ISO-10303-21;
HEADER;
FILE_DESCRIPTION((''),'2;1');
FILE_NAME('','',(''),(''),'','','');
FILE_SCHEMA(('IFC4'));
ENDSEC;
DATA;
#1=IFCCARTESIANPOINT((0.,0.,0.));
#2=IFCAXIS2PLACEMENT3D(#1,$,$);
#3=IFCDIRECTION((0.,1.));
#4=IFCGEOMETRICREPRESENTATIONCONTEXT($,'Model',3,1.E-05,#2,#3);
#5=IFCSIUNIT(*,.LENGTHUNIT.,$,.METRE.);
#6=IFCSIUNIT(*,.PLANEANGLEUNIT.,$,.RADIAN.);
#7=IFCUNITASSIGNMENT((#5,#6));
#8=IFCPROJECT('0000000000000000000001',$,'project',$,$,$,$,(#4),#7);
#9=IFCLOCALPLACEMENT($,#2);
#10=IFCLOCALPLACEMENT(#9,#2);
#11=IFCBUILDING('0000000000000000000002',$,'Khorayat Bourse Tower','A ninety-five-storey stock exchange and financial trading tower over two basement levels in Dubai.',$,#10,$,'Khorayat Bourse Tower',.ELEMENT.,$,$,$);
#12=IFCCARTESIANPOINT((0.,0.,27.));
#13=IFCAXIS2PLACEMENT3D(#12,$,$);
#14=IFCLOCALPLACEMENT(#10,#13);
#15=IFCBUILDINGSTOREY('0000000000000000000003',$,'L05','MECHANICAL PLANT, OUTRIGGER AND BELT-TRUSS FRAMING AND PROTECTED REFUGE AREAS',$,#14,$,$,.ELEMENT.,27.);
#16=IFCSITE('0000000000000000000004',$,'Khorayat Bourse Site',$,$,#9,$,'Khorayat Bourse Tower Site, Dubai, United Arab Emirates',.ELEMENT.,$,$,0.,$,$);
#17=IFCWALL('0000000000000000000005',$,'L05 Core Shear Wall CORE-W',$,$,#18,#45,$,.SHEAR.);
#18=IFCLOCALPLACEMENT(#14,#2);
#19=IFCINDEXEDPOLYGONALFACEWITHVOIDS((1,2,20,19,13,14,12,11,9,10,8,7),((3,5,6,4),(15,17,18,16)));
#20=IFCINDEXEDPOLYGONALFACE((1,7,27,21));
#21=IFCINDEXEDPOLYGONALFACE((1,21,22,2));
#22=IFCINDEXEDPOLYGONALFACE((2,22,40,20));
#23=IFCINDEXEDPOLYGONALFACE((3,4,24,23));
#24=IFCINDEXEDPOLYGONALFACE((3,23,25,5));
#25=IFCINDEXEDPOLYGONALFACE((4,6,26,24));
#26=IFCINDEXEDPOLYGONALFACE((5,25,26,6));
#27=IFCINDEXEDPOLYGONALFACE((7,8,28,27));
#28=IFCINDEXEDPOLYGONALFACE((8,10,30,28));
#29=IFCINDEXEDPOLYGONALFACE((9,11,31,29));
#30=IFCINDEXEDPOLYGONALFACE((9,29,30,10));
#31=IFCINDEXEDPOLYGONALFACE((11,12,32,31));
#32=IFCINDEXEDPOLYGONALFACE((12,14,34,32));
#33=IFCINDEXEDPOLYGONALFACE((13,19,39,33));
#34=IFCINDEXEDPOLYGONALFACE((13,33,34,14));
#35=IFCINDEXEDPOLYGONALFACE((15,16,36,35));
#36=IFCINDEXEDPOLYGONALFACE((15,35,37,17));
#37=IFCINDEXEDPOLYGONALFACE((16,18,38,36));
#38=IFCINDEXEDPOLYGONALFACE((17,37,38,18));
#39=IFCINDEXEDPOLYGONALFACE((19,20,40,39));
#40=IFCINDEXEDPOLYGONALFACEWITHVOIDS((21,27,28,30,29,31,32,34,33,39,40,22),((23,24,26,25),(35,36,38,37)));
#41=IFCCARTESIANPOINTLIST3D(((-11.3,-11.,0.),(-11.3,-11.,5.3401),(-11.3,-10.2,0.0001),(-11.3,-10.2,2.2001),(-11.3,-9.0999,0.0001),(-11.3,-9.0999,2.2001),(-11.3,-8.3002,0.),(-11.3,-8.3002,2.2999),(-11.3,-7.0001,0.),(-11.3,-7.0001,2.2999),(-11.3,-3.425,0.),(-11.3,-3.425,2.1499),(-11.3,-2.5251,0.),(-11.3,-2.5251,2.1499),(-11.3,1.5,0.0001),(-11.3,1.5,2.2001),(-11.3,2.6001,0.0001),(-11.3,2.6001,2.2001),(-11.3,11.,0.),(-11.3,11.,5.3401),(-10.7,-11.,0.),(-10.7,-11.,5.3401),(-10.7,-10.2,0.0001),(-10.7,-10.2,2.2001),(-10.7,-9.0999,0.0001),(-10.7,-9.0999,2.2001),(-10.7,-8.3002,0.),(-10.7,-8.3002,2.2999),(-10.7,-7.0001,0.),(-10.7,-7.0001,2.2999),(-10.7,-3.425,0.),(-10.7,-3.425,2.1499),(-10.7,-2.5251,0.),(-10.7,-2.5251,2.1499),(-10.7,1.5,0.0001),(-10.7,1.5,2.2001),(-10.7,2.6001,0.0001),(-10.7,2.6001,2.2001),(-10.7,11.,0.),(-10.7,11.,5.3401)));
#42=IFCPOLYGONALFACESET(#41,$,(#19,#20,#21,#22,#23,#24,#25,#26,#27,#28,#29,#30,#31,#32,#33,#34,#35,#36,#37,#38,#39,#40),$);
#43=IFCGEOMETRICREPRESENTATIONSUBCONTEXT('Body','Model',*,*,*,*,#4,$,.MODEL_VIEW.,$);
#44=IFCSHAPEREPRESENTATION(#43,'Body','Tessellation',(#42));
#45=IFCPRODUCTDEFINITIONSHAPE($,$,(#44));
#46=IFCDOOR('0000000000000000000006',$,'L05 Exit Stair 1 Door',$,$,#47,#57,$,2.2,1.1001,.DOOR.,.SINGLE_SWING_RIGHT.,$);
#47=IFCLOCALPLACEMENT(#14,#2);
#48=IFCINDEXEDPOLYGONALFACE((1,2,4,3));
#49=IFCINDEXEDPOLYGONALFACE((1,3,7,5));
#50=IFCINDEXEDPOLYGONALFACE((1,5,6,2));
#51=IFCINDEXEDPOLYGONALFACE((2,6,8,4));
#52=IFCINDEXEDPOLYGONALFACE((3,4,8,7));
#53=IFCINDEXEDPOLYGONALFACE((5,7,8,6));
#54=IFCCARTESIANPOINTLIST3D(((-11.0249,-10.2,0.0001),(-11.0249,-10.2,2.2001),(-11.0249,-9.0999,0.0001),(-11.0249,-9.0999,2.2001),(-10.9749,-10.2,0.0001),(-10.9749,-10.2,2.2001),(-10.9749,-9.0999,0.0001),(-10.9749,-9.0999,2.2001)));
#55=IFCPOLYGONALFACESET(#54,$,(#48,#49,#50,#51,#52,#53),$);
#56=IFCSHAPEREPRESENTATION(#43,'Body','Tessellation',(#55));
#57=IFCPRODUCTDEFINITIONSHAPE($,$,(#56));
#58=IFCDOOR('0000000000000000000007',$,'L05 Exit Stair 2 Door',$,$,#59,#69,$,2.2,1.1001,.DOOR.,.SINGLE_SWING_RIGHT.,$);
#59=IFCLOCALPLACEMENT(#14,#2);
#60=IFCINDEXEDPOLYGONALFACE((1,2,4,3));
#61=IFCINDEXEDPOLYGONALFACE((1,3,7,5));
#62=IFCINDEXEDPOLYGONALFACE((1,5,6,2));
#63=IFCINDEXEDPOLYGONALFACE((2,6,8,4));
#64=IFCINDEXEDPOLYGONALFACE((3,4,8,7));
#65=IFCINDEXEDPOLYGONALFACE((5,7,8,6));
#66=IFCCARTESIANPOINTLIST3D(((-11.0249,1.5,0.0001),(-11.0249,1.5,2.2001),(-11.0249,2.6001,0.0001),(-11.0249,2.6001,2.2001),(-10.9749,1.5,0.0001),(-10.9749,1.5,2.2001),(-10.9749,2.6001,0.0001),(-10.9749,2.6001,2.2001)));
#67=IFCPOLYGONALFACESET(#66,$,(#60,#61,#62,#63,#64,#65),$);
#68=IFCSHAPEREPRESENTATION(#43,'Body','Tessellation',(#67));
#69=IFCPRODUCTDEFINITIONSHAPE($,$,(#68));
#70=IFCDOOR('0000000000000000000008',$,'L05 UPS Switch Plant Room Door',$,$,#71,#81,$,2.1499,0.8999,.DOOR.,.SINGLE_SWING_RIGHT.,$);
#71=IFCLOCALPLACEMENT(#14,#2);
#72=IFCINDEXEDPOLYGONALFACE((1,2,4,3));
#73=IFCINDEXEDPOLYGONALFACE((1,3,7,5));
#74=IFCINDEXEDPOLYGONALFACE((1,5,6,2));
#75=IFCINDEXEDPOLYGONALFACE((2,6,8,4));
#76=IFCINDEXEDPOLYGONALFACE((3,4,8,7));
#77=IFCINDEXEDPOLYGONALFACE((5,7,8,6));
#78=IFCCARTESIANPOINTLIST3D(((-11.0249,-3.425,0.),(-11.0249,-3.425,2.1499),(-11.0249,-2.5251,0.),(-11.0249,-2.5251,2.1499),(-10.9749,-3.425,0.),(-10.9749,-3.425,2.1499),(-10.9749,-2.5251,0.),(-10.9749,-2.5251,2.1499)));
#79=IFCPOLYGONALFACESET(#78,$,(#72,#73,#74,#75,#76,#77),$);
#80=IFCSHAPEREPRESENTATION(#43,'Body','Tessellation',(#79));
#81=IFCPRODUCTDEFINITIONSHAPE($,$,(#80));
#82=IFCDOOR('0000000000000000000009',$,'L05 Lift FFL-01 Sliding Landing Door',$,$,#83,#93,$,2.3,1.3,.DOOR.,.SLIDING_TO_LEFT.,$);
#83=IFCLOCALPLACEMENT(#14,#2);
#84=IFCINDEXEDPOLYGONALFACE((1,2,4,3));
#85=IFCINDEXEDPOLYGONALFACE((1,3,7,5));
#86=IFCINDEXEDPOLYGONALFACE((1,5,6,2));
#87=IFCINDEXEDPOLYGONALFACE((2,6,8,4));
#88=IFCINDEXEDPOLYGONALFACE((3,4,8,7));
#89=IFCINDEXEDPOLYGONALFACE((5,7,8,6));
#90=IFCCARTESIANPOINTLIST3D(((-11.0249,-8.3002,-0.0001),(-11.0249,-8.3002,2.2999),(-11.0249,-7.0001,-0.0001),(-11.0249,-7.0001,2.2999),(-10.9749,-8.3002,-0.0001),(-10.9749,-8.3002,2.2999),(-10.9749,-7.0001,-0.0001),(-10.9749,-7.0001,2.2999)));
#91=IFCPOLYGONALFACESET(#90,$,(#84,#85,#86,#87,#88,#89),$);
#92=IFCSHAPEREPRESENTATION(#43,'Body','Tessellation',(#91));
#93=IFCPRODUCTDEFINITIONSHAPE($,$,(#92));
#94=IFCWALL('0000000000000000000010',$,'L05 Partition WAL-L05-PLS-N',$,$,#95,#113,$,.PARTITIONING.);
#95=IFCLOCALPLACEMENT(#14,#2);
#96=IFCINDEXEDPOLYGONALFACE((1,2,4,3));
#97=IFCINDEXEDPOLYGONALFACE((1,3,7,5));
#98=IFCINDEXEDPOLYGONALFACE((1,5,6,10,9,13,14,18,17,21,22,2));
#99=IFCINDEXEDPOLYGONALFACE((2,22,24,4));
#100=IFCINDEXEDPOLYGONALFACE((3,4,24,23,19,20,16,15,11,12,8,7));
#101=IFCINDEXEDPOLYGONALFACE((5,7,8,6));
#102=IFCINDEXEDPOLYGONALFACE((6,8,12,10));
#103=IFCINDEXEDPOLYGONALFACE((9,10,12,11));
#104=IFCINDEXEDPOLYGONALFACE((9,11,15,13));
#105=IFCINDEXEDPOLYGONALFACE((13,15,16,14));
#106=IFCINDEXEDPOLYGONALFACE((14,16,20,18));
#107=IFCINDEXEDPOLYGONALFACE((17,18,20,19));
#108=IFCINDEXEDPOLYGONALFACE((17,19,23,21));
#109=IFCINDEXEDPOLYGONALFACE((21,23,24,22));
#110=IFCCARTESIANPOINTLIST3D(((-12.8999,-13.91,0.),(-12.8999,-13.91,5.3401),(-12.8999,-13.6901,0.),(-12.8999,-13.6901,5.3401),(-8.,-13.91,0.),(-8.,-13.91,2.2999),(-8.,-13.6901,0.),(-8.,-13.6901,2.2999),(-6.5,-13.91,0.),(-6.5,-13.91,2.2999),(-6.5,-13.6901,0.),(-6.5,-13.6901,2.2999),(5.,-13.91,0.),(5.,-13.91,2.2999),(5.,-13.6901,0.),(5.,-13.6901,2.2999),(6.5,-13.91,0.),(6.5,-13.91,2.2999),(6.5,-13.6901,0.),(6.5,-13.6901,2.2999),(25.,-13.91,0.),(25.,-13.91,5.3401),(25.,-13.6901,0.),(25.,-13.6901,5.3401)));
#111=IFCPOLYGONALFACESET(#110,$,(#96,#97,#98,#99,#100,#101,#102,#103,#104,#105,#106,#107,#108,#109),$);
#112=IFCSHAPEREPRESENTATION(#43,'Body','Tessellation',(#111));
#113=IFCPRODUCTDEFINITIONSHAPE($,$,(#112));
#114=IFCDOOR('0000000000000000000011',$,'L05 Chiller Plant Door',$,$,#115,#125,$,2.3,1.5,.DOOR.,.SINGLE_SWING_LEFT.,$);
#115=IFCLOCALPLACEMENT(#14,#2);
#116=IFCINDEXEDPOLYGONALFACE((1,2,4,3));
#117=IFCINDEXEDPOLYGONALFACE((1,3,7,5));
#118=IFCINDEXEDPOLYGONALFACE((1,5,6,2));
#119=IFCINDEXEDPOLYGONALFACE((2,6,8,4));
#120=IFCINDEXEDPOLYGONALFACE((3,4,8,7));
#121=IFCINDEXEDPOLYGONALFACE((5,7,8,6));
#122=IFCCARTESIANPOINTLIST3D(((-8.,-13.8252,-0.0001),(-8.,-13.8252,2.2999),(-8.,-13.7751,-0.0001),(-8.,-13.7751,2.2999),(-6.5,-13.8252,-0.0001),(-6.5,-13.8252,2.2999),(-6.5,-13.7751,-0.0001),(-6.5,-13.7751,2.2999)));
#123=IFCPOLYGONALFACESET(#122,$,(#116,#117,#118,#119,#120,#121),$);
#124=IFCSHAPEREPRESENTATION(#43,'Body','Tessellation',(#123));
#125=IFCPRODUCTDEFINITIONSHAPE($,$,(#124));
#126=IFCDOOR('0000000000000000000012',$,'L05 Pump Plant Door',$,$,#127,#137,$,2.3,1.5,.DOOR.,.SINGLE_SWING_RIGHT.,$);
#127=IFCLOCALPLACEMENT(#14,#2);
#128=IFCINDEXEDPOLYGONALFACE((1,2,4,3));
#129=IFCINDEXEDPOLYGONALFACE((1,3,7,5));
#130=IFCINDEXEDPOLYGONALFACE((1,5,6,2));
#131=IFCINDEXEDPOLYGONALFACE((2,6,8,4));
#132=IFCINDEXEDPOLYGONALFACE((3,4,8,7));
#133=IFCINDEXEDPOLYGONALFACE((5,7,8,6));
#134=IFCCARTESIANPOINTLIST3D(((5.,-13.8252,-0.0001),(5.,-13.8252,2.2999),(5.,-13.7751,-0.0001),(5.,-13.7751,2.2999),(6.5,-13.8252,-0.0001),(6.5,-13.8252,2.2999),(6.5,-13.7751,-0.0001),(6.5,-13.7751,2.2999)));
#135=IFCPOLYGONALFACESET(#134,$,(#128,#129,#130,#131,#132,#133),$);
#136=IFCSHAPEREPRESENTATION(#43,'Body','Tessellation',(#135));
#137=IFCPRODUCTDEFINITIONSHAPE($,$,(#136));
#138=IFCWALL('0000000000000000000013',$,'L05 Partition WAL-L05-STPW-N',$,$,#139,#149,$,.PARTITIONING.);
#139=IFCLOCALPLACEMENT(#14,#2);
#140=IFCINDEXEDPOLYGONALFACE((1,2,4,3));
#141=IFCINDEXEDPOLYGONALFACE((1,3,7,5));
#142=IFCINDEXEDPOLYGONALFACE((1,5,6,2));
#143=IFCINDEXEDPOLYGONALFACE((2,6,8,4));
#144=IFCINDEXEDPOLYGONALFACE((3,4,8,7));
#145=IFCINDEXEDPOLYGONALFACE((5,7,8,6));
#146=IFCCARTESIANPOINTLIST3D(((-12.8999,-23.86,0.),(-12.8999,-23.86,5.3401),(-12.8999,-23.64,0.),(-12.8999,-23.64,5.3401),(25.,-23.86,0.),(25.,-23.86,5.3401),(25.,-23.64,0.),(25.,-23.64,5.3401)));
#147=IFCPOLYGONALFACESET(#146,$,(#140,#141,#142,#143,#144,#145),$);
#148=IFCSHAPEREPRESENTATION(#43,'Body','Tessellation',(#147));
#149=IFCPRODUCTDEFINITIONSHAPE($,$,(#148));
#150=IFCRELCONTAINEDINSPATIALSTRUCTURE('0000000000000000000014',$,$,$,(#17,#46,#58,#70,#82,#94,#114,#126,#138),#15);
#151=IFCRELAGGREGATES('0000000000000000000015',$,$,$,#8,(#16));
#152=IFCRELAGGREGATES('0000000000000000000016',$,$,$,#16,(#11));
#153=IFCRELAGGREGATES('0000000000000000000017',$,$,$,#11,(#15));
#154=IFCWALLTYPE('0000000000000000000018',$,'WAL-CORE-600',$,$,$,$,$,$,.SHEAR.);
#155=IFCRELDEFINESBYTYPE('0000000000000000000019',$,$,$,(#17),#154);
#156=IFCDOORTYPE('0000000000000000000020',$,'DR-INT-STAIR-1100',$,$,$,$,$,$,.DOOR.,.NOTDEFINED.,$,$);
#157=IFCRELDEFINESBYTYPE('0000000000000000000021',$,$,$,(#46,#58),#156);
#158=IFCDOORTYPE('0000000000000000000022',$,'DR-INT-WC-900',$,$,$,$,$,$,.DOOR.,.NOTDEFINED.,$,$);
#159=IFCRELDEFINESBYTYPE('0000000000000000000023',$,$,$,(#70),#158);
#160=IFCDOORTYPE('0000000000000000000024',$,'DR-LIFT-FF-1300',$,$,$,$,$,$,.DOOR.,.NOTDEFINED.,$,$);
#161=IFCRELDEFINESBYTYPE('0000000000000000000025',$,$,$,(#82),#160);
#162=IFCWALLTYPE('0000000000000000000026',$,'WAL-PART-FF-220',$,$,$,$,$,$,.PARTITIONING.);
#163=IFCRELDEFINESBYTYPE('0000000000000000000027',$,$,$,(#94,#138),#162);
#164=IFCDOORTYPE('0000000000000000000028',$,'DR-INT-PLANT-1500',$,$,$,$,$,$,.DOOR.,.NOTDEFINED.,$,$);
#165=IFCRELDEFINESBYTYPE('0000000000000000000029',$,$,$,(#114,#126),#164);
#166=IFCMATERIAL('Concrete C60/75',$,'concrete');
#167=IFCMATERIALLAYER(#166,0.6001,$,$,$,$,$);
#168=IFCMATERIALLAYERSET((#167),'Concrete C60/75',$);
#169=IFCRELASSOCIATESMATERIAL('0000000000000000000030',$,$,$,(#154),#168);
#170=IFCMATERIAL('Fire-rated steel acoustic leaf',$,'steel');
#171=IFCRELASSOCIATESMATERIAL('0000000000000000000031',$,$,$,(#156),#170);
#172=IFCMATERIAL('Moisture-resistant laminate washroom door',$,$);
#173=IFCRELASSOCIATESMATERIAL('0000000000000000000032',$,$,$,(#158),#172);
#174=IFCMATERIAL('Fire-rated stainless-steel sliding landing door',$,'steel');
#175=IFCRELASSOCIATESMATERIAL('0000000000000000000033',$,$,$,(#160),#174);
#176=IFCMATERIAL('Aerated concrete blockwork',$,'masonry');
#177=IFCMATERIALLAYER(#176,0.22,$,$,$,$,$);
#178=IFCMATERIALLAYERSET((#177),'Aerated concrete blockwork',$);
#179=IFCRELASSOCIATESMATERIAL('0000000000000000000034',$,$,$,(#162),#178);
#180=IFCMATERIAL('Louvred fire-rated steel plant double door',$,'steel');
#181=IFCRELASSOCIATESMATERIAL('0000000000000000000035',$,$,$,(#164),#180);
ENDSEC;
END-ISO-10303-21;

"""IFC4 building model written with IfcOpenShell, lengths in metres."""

from ifc_helpers import new_model, si_unit, direction, frame, frame_2d, origin, place, context, subcontext, project, spatial, rectangle, extrude, source, transform, mapped, material, layer, layer_set, type_object, element, fill, save


model = new_model("IFC4")

# Units and contexts
model_context = context("Model", 3, precision=1e-05, world=origin(), true_north=direction((0.0, 1.0)))
body_context = subcontext(model_context, "Body", "Model", "MODEL_VIEW")
ifc_project = project(units=[si_unit("LENGTHUNIT", "METRE"), si_unit("PLANEANGLEUNIT", "RADIAN")], contexts=[model_context])

# Site, building, storey
site_placement = place(None, origin())
site = spatial("IfcSite", under=ifc_project, at=site_placement, Name="Khorayat Bourse Site", LongName="Khorayat Bourse Tower Site, Dubai, United Arab Emirates", CompositionType="ELEMENT", RefElevation=0.0)
building_placement = place(site_placement, origin())
building = spatial("IfcBuilding", under=site, at=building_placement, Name="Khorayat Bourse Tower", Description="A ninety-five-storey stock exchange and financial trading tower over two basement levels in Dubai.", LongName="Khorayat Bourse Tower", CompositionType="ELEMENT")
storey_placement = place(building_placement, frame((0.0, 0.0, 27.0)))
storey = spatial("IfcBuildingStorey", under=building, at=storey_placement, Name="L05", Description="MECHANICAL PLANT, OUTRIGGER AND BELT-TRUSS FRAMING AND PROTECTED REFUGE AREAS", CompositionType="ELEMENT", Elevation=27.0)

# Walls, openings, doors
ifc_material_1 = material(Name="Concrete C60/75", Category="concrete")
ifc_layer_1 = layer(ifc_material_1, 0.6001)
ifc_layer_set_1 = layer_set([ifc_layer_1], Name="Concrete C60/75")
wall_type_1 = type_object("IfcWallType", Name="WAL-CORE-600", PredefinedType="SHEAR", material=ifc_layer_set_1)
shared_shape_1 = source(origin(), body_context, "Body", "SweptSolid", [
    extrude(rectangle(XDim=22.0, YDim=0.6001, at=frame_2d((11.0, 0.0))), origin(), (0.0, 0.0, 1.0), 5.3401),
])
wall_1_placement = place(storey_placement, frame((-11.0, -11.0, 0.0), z_axis=(0.0, 0.0, 1.0), x_axis=(0.0, 1.0, 0.0)))
wall_1 = element("IfcWall", 1, at=wall_1_placement, inside=storey, type_object=wall_type_1, Name="L05 Core Shear Wall CORE-W", PredefinedType="SHEAR", context=body_context, shape_type="MappedRepresentation", body=[
    mapped(shared_shape_1, transform((0.0, 0.0, 0.0), scale=1.0)),
])
shared_shape_2 = source(origin(), body_context, "Body", "SweptSolid", [
    extrude(rectangle(XDim=1.1001, YDim=2.2, at=frame_2d((0.55, 1.1001))), frame((0.0, 0.3101, 0.0), z_axis=(0.0, -1.0, 0.0), x_axis=(1.0, 0.0, 0.0)), (0.0, 0.0, 1.0), 0.6201),
])
opening_1_placement = place(wall_1_placement, frame((0.8, 0.0, 0.0)))
opening_1 = element("IfcOpeningElement", 2, at=opening_1_placement, cuts=wall_1, PredefinedType="OPENING", context=body_context, shape_type="MappedRepresentation", body=[
    mapped(shared_shape_2, transform((0.0, 0.0, 0.0), scale=1.0)),
])
opening_2_placement = place(wall_1_placement, frame((12.5, 0.0, 0.0)))
opening_2 = element("IfcOpeningElement", 3, at=opening_2_placement, cuts=wall_1, PredefinedType="OPENING", context=body_context, shape_type="MappedRepresentation", body=[
    mapped(shared_shape_2, transform((0.0, 0.0, 0.0), scale=1.0)),
])
shared_shape_3 = source(origin(), body_context, "Body", "SweptSolid", [
    extrude(rectangle(XDim=0.8999, YDim=2.1499, at=frame_2d((0.45, 1.075))), frame((0.0, 0.3101, 0.0), z_axis=(0.0, -1.0, 0.0), x_axis=(1.0, 0.0, 0.0)), (0.0, 0.0, 1.0), 0.6201),
])
opening_3_placement = place(wall_1_placement, frame((7.575, 0.0, 0.0)))
opening_3 = element("IfcOpeningElement", 4, at=opening_3_placement, cuts=wall_1, PredefinedType="OPENING", context=body_context, shape_type="MappedRepresentation", body=[
    mapped(shared_shape_3, transform((0.0, 0.0, 0.0), scale=1.0)),
])
shared_shape_4 = source(origin(), body_context, "Body", "SweptSolid", [
    extrude(rectangle(XDim=1.3, YDim=2.3, at=frame_2d((0.6499, 1.1499))), frame((0.0, 0.3101, 0.0), z_axis=(0.0, -1.0, 0.0), x_axis=(1.0, 0.0, 0.0)), (0.0, 0.0, 1.0), 0.6201),
])
opening_4_placement = place(wall_1_placement, frame((2.7, 0.0, 0.0)))
opening_4 = element("IfcOpeningElement", 5, at=opening_4_placement, cuts=wall_1, PredefinedType="OPENING", context=body_context, shape_type="MappedRepresentation", body=[
    mapped(shared_shape_4, transform((0.0, 0.0, 0.0), scale=1.0)),
])
ifc_material_2 = material(Name="Fire-rated steel acoustic leaf", Category="steel")
door_type_1 = type_object("IfcDoorType", Name="DR-INT-STAIR-1100", OperationType="NOTDEFINED", PredefinedType="DOOR", material=ifc_material_2)
shared_shape_5 = source(origin(), body_context, "Body", "SweptSolid", [
    extrude(rectangle(XDim=1.1001, YDim=2.2, at=frame_2d((0.55, 1.1001))), frame((0.0, 0.0249, 0.0), z_axis=(0.0, -1.0, 0.0), x_axis=(1.0, 0.0, 0.0)), (0.0, 0.0, 1.0), 0.05),
])
door_1_placement = place(opening_1_placement, origin())
door_1 = element("IfcDoor", 6, at=door_1_placement, inside=storey, type_object=door_type_1, Name="L05 Exit Stair 1 Door", OperationType="SINGLE_SWING_RIGHT", OverallHeight=2.2, OverallWidth=1.1001, PredefinedType="DOOR", context=body_context, shape_type="MappedRepresentation", body=[
    mapped(shared_shape_5, transform((0.0, 0.0, 0.0), scale=1.0)),
])
fill(opening_1, door_1)
door_2_placement = place(opening_2_placement, origin())
door_2 = element("IfcDoor", 7, at=door_2_placement, inside=storey, type_object=door_type_1, Name="L05 Exit Stair 2 Door", OperationType="SINGLE_SWING_RIGHT", OverallHeight=2.2, OverallWidth=1.1001, PredefinedType="DOOR", context=body_context, shape_type="MappedRepresentation", body=[
    mapped(shared_shape_5, transform((0.0, 0.0, 0.0), scale=1.0)),
])
fill(opening_2, door_2)
ifc_material_3 = material(Name="Moisture-resistant laminate washroom door")
door_type_2 = type_object("IfcDoorType", Name="DR-INT-WC-900", OperationType="NOTDEFINED", PredefinedType="DOOR", material=ifc_material_3)
shared_shape_6 = source(origin(), body_context, "Body", "SweptSolid", [
    extrude(rectangle(XDim=0.8999, YDim=2.1499, at=frame_2d((0.45, 1.075))), frame((0.0, 0.0249, 0.0), z_axis=(0.0, -1.0, 0.0), x_axis=(1.0, 0.0, 0.0)), (0.0, 0.0, 1.0), 0.05),
])
door_3_placement = place(opening_3_placement, origin())
door_3 = element("IfcDoor", 8, at=door_3_placement, inside=storey, type_object=door_type_2, Name="L05 UPS Switch Plant Room Door", OperationType="SINGLE_SWING_RIGHT", OverallHeight=2.1499, OverallWidth=0.8999, PredefinedType="DOOR", context=body_context, shape_type="MappedRepresentation", body=[
    mapped(shared_shape_6, transform((0.0, 0.0, 0.0), scale=1.0)),
])
fill(opening_3, door_3)
ifc_material_4 = material(Name="Fire-rated stainless-steel sliding landing door", Category="steel")
door_type_3 = type_object("IfcDoorType", Name="DR-LIFT-FF-1300", OperationType="NOTDEFINED", PredefinedType="DOOR", material=ifc_material_4)
shared_shape_7 = source(origin(), body_context, "Body", "SweptSolid", [
    extrude(rectangle(XDim=1.3, YDim=2.3, at=frame_2d((0.6499, 1.1499))), frame((0.0, 0.0249, 0.0), z_axis=(0.0, -1.0, 0.0), x_axis=(1.0, 0.0, 0.0)), (0.0, 0.0, 1.0), 0.05),
])
door_4_placement = place(opening_4_placement, origin())
door_4 = element("IfcDoor", 9, at=door_4_placement, inside=storey, type_object=door_type_3, Name="L05 Lift FFL-01 Sliding Landing Door", OperationType="SLIDING_TO_LEFT", OverallHeight=2.3, OverallWidth=1.3, PredefinedType="DOOR", context=body_context, shape_type="MappedRepresentation", body=[
    mapped(shared_shape_7, transform((0.0, 0.0, 0.0), scale=1.0)),
])
fill(opening_4, door_4)
ifc_material_5 = material(Name="Aerated concrete blockwork", Category="masonry")
ifc_layer_2 = layer(ifc_material_5, 0.22)
ifc_layer_set_2 = layer_set([ifc_layer_2], Name="Aerated concrete blockwork")
wall_type_2 = type_object("IfcWallType", Name="WAL-PART-FF-220", PredefinedType="PARTITIONING", material=ifc_layer_set_2)
shared_shape_8 = source(origin(), body_context, "Body", "SweptSolid", [
    extrude(rectangle(XDim=37.8999, YDim=0.22, at=frame_2d((18.95, 0.0))), origin(), (0.0, 0.0, 1.0), 5.3401),
])
wall_2_placement = place(storey_placement, frame((-12.8999, -13.8, 0.0), z_axis=(0.0, 0.0, 1.0), x_axis=(1.0, 0.0, 0.0)))
wall_2 = element("IfcWall", 10, at=wall_2_placement, inside=storey, type_object=wall_type_2, Name="L05 Partition WAL-L05-PLS-N", PredefinedType="PARTITIONING", context=body_context, shape_type="MappedRepresentation", body=[
    mapped(shared_shape_8, transform((0.0, 0.0, 0.0), scale=1.0)),
])
shared_shape_9 = source(origin(), body_context, "Body", "SweptSolid", [
    extrude(rectangle(XDim=1.5, YDim=2.3, at=frame_2d((0.75, 1.1499))), frame((0.0, 0.1199, 0.0), z_axis=(0.0, -1.0, 0.0), x_axis=(1.0, 0.0, 0.0)), (0.0, 0.0, 1.0), 0.24),
])
opening_5_placement = place(wall_2_placement, frame((4.8999, 0.0, 0.0)))
opening_5 = element("IfcOpeningElement", 11, at=opening_5_placement, cuts=wall_2, PredefinedType="OPENING", context=body_context, shape_type="MappedRepresentation", body=[
    mapped(shared_shape_9, transform((0.0, 0.0, 0.0), scale=1.0)),
])
opening_6_placement = place(wall_2_placement, frame((17.8999, 0.0, 0.0)))
opening_6 = element("IfcOpeningElement", 12, at=opening_6_placement, cuts=wall_2, PredefinedType="OPENING", context=body_context, shape_type="MappedRepresentation", body=[
    mapped(shared_shape_9, transform((0.0, 0.0, 0.0), scale=1.0)),
])
ifc_material_6 = material(Name="Louvred fire-rated steel plant double door", Category="steel")
door_type_4 = type_object("IfcDoorType", Name="DR-INT-PLANT-1500", OperationType="NOTDEFINED", PredefinedType="DOOR", material=ifc_material_6)
shared_shape_10 = source(origin(), body_context, "Body", "SweptSolid", [
    extrude(rectangle(XDim=1.5, YDim=2.3, at=frame_2d((0.75, 1.1499))), frame((0.0, 0.0249, 0.0), z_axis=(0.0, -1.0, 0.0), x_axis=(1.0, 0.0, 0.0)), (0.0, 0.0, 1.0), 0.05),
])
door_5_placement = place(opening_5_placement, origin())
door_5 = element("IfcDoor", 13, at=door_5_placement, inside=storey, type_object=door_type_4, Name="L05 Chiller Plant Door", OperationType="SINGLE_SWING_LEFT", OverallHeight=2.3, OverallWidth=1.5, PredefinedType="DOOR", context=body_context, shape_type="MappedRepresentation", body=[
    mapped(shared_shape_10, transform((0.0, 0.0, 0.0), scale=1.0)),
])
fill(opening_5, door_5)
door_6_placement = place(opening_6_placement, origin())
door_6 = element("IfcDoor", 14, at=door_6_placement, inside=storey, type_object=door_type_4, Name="L05 Pump Plant Door", OperationType="SINGLE_SWING_RIGHT", OverallHeight=2.3, OverallWidth=1.5, PredefinedType="DOOR", context=body_context, shape_type="MappedRepresentation", body=[
    mapped(shared_shape_10, transform((0.0, 0.0, 0.0), scale=1.0)),
])
fill(opening_6, door_6)

# Wall
wall_3_placement = place(storey_placement, frame((-12.8999, -23.75, 0.0), z_axis=(0.0, 0.0, 1.0), x_axis=(1.0, 0.0, 0.0)))
element("IfcWall", 15, at=wall_3_placement, inside=storey, type_object=wall_type_2, Name="L05 Partition WAL-L05-STPW-N", PredefinedType="PARTITIONING", context=body_context, shape_type="MappedRepresentation", body=[
    mapped(shared_shape_8, transform((0.0, 0.0, 0.0), scale=1.0)),
])

save(model, "model.ifc")
